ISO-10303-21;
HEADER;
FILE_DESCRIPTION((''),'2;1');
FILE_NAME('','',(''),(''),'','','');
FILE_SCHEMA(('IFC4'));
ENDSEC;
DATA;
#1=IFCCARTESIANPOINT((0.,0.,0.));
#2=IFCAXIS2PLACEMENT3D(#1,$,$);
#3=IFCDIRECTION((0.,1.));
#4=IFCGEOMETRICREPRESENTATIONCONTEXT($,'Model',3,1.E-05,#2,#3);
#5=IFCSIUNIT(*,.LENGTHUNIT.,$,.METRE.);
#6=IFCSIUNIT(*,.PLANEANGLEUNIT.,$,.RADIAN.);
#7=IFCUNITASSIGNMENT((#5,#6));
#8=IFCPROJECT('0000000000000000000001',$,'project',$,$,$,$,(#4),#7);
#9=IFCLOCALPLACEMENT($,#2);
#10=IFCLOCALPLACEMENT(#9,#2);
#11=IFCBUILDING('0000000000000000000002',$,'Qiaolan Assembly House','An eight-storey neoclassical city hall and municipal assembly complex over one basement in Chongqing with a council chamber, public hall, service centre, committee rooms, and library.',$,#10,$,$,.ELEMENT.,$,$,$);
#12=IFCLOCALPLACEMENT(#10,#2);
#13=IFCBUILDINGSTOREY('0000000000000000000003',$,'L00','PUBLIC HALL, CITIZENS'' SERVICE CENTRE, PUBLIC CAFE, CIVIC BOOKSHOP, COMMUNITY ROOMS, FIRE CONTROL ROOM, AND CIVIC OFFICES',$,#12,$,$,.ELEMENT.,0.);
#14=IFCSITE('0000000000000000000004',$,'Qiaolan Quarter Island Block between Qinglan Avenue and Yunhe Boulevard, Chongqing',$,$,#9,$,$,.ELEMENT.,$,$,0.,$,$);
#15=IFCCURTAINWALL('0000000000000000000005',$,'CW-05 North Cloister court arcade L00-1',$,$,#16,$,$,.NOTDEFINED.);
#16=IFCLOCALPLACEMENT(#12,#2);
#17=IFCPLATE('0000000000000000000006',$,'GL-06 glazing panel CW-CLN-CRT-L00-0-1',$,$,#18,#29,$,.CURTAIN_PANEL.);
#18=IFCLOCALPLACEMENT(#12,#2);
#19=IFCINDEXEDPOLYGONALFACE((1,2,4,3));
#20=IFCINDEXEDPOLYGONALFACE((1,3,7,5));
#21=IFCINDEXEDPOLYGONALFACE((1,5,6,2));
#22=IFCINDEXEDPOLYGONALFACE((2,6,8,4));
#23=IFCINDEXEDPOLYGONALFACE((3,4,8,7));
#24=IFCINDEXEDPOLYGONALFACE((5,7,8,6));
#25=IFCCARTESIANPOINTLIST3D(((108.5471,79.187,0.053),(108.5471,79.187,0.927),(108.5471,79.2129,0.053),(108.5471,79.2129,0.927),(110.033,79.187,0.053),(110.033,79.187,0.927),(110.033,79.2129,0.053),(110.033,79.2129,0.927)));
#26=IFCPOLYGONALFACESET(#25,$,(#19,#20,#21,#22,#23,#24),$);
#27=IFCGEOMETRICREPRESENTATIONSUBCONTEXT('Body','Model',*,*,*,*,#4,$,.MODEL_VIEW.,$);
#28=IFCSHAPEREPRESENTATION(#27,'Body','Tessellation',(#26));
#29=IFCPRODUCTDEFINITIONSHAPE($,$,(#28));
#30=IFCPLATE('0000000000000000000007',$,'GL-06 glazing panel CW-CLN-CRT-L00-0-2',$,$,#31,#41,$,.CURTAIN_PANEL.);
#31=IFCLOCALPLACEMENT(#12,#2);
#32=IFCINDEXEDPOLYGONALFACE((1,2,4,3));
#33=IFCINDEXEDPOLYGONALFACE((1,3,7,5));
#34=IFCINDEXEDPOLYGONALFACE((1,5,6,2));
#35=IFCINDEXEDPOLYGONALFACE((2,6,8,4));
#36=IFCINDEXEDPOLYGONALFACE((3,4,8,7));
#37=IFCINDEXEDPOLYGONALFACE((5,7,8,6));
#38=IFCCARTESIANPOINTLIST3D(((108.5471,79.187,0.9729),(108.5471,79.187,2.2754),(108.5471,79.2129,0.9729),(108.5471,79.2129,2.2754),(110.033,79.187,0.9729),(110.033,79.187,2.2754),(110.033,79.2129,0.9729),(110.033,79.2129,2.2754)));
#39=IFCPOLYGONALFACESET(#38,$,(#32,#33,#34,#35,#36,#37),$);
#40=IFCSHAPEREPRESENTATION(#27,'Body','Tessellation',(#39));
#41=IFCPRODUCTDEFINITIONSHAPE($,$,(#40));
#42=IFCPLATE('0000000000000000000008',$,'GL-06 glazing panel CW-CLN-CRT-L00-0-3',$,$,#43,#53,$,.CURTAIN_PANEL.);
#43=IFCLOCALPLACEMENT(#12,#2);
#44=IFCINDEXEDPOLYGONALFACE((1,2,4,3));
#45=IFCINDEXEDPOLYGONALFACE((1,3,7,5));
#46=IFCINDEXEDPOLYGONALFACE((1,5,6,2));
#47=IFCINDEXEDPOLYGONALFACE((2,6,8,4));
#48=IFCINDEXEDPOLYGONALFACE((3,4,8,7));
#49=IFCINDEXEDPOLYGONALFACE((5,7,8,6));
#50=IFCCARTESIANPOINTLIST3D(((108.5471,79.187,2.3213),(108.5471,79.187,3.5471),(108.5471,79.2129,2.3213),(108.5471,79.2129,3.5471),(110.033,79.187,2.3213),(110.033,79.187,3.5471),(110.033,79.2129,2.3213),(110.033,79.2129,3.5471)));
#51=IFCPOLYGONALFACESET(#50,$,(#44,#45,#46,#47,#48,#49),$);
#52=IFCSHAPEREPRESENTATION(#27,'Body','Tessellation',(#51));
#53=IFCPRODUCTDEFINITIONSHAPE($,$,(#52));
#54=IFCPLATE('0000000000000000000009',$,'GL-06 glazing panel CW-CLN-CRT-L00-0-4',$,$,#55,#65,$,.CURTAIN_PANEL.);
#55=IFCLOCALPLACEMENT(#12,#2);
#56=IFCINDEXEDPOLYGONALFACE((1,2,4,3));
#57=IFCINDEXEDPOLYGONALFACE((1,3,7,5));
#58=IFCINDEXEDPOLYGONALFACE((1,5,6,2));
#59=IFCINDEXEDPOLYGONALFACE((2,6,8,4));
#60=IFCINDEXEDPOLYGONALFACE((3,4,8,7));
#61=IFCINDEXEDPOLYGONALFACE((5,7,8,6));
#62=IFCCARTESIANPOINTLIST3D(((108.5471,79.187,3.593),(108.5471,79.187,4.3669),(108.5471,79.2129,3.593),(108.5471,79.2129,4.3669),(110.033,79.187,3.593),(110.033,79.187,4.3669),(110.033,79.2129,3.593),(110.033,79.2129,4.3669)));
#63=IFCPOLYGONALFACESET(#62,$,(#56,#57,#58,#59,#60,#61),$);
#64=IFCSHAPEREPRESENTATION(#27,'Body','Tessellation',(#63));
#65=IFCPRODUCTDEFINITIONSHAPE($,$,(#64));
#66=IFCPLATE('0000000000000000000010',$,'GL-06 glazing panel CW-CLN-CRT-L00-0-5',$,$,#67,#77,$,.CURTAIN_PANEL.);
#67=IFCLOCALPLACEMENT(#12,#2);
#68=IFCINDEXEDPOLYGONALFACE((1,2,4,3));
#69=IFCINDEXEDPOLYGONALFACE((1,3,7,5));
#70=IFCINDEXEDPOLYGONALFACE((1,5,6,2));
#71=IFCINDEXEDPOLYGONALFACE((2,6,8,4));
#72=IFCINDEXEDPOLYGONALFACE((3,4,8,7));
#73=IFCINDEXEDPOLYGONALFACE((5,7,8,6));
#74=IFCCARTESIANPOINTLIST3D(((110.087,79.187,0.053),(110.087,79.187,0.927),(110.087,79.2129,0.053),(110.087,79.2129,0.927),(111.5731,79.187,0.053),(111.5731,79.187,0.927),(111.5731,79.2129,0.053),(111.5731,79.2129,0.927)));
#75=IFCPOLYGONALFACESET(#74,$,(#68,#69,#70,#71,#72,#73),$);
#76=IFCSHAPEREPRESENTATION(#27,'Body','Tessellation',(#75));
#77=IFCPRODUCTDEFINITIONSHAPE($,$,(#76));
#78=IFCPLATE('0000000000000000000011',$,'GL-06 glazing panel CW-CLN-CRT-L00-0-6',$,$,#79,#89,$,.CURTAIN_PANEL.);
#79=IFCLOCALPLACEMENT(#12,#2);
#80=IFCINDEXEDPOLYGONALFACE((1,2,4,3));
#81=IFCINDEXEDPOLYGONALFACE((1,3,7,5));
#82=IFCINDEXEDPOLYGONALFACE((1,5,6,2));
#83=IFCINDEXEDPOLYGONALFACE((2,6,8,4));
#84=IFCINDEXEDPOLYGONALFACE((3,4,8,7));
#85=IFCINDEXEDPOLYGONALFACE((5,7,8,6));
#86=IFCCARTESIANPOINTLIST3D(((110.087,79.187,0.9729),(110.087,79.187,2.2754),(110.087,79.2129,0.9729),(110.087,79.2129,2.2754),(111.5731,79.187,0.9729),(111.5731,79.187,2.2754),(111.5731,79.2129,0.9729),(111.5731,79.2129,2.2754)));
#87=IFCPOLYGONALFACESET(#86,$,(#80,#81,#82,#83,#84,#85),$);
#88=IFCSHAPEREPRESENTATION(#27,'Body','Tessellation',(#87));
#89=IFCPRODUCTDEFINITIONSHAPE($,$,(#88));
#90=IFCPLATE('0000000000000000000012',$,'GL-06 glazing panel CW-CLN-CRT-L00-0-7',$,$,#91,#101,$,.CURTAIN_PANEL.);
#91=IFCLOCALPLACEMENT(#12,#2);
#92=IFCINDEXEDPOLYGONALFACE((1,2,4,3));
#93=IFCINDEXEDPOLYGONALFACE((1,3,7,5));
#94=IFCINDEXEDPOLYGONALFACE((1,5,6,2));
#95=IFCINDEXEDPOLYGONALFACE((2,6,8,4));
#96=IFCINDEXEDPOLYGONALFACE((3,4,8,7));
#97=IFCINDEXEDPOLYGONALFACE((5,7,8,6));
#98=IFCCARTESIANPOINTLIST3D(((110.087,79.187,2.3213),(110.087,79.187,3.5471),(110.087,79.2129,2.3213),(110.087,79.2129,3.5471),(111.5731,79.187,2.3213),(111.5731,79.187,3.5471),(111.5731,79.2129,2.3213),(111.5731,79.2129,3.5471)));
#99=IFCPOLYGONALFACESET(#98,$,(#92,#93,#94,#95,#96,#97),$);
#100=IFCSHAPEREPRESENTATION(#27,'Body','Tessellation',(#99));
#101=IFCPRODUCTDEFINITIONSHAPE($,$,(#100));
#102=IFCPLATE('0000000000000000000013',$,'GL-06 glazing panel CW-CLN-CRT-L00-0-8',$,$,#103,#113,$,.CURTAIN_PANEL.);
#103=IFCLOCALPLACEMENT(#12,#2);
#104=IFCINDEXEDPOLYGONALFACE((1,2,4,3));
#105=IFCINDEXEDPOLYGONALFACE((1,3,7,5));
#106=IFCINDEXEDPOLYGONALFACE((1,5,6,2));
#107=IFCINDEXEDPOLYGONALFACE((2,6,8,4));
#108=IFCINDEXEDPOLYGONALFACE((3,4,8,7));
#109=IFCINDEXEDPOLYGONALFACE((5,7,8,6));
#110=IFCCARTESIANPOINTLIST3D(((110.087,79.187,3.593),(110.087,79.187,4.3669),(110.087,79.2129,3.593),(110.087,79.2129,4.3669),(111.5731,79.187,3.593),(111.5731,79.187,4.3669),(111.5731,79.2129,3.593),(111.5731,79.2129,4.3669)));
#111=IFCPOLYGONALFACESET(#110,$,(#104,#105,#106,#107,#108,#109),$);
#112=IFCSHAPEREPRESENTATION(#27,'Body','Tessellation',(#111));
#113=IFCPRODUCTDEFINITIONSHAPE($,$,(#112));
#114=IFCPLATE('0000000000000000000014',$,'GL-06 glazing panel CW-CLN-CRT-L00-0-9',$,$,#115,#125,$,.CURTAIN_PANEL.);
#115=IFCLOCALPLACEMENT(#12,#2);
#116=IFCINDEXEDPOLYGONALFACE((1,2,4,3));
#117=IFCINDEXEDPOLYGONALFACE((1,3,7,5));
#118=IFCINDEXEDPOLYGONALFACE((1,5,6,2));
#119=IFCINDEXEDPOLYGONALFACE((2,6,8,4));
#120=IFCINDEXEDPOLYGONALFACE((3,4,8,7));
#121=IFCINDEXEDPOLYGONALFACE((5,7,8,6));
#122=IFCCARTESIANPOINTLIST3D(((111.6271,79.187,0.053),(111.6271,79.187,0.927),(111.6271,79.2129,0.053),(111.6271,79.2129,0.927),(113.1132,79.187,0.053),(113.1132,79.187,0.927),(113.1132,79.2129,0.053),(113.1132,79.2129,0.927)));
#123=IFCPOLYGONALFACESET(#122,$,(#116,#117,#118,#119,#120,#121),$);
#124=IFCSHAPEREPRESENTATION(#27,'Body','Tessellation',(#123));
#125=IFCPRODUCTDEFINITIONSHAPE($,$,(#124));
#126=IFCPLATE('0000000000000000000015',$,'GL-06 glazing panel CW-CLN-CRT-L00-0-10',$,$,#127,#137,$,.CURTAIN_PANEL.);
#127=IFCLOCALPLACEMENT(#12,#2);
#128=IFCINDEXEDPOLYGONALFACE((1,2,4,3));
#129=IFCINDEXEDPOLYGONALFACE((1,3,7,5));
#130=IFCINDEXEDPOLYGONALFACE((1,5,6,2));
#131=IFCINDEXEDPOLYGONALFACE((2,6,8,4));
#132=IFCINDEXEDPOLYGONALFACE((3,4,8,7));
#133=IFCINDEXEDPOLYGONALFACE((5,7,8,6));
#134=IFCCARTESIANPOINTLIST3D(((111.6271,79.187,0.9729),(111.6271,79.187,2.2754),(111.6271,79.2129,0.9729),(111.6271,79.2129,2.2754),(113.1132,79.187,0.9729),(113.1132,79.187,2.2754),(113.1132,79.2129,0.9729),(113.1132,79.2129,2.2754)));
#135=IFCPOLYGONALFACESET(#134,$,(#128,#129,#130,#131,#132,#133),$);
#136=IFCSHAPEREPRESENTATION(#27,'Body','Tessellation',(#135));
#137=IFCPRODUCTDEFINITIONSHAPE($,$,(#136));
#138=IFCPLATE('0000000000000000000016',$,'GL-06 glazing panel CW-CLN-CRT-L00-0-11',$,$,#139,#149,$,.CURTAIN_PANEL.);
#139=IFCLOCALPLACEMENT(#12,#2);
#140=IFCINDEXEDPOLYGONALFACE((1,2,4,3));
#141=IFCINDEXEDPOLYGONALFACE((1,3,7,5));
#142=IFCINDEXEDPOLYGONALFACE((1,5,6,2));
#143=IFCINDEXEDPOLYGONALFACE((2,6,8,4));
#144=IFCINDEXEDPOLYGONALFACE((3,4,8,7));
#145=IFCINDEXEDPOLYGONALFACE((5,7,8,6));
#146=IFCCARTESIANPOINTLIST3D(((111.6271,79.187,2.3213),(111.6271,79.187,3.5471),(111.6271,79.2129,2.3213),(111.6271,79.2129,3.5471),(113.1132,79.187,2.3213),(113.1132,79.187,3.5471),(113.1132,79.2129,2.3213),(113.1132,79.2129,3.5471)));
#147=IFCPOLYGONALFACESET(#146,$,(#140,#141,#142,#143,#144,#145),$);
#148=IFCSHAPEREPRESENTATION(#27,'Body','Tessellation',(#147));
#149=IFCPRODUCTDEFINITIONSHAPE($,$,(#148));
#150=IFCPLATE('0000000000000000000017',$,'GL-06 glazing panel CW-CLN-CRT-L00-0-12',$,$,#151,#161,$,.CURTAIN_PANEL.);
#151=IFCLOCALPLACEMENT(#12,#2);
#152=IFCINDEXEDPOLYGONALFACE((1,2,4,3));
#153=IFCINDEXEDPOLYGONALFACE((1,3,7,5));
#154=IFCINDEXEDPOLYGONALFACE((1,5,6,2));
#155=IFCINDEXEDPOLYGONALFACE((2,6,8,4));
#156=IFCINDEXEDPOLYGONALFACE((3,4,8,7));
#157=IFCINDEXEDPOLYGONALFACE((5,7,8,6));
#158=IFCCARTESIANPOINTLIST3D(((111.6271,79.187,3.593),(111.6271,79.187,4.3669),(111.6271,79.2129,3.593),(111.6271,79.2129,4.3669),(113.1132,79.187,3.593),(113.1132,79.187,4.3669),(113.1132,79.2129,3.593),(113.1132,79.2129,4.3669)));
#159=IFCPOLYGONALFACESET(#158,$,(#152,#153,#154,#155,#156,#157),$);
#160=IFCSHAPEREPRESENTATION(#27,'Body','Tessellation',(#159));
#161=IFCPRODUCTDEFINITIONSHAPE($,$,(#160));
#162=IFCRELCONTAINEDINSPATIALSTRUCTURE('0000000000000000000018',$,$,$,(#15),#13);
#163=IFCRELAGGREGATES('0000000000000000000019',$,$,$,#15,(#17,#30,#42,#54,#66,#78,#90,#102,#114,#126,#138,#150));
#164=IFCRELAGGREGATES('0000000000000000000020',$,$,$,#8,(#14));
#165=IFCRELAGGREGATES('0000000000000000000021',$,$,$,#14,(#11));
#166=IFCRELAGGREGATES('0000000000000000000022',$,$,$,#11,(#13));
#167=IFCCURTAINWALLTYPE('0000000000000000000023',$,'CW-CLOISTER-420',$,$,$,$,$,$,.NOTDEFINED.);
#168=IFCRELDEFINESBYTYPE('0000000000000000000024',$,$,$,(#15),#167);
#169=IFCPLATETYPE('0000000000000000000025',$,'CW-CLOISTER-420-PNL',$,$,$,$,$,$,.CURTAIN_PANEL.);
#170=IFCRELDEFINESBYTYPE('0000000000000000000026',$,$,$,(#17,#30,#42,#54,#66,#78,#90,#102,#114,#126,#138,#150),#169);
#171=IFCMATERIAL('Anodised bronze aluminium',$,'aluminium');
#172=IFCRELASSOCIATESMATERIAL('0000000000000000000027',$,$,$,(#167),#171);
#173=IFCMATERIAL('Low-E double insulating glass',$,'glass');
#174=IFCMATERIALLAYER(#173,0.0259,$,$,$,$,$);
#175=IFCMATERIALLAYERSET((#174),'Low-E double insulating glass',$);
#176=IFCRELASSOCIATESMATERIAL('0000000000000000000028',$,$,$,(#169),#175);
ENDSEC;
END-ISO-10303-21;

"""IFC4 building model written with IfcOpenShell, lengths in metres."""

from ifc_helpers import new_model, si_unit, direction, frame, frame_2d, origin, place, context, subcontext, project, spatial, rectangle, extrude, material, layer, layer_set, type_object, element, aggregate, save


model = new_model("IFC4")

# Units and contexts
model_context = context("Model", 3, precision=1e-05, world=origin(), true_north=direction((0.0, 1.0)))
body_context = subcontext(model_context, "Body", "Model", "MODEL_VIEW")
ifc_project = project(units=[si_unit("LENGTHUNIT", "METRE"), si_unit("PLANEANGLEUNIT", "RADIAN")], contexts=[model_context])

# Site, building, storey
site_placement = place(None, origin())
site = spatial("IfcSite", under=ifc_project, at=site_placement, Name="Qiaolan Quarter Island Block between Qinglan Avenue and Yunhe Boulevard, Chongqing", CompositionType="ELEMENT", RefElevation=0.0)
building_placement = place(site_placement, origin())
building = spatial("IfcBuilding", under=site, at=building_placement, Name="Qiaolan Assembly House", Description="An eight-storey neoclassical city hall and municipal assembly complex over one basement in Chongqing with a council chamber, public hall, service centre, committee rooms, and library.", CompositionType="ELEMENT")
storey_placement = place(building_placement, origin())
storey = spatial("IfcBuildingStorey", under=building, at=storey_placement, Name="L00", Description="PUBLIC HALL, CITIZENS' SERVICE CENTRE, PUBLIC CAFE, CIVIC BOOKSHOP, COMMUNITY ROOMS, FIRE CONTROL ROOM, AND CIVIC OFFICES", CompositionType="ELEMENT", Elevation=0.0)

# Curtain wall, plates
ifc_material_1 = material(Name="Anodised bronze aluminium", Category="aluminium")
curtain_wall_type = type_object("IfcCurtainWallType", Name="CW-CLOISTER-420", PredefinedType="NOTDEFINED", material=ifc_material_1)
curtain_wall_placement = place(storey_placement, origin())
curtain_wall = element("IfcCurtainWall", 1, at=curtain_wall_placement, inside=storey, type_object=curtain_wall_type, Name="CW-05 North Cloister court arcade L00-1", PredefinedType="NOTDEFINED")
ifc_material_2 = material(Name="Low-E double insulating glass", Category="glass")
ifc_layer = layer(ifc_material_2, 0.0259)
ifc_layer_set = layer_set([ifc_layer], Name="Low-E double insulating glass")
plate_type = type_object("IfcPlateType", Name="CW-CLOISTER-420-PNL", PredefinedType="CURTAIN_PANEL", material=ifc_layer_set)
plate_1_placement = place(storey_placement, frame((108.5471, 79.2, 0.053), z_axis=(0.0, 0.0, 1.0), x_axis=(1.0, 0.0, 0.0)))
plate_1 = element("IfcPlate", 2, at=plate_1_placement, type_object=plate_type, Name="GL-06 glazing panel CW-CLN-CRT-L00-0-1", PredefinedType="CURTAIN_PANEL", context=body_context, shape_type="SweptSolid", body=[
    extrude(rectangle(XDim=1.4858, YDim=0.0259, at=frame_2d((0.7429, 0.0))), origin(), (0.0, 0.0, 1.0), 0.874),
])
plate_2_placement = place(storey_placement, frame((108.5471, 79.2, 0.9729), z_axis=(0.0, 0.0, 1.0), x_axis=(1.0, 0.0, 0.0)))
plate_2 = element("IfcPlate", 3, at=plate_2_placement, type_object=plate_type, Name="GL-06 glazing panel CW-CLN-CRT-L00-0-2", PredefinedType="CURTAIN_PANEL", context=body_context, shape_type="SweptSolid", body=[
    extrude(rectangle(XDim=1.4858, YDim=0.0259, at=frame_2d((0.7429, 0.0))), origin(), (0.0, 0.0, 1.0), 1.3025),
])
plate_3_placement = place(storey_placement, frame((108.5471, 79.2, 2.3213), z_axis=(0.0, 0.0, 1.0), x_axis=(1.0, 0.0, 0.0)))
plate_3 = element("IfcPlate", 4, at=plate_3_placement, type_object=plate_type, Name="GL-06 glazing panel CW-CLN-CRT-L00-0-3", PredefinedType="CURTAIN_PANEL", context=body_context, shape_type="SweptSolid", body=[
    extrude(rectangle(XDim=1.4858, YDim=0.0259, at=frame_2d((0.7429, 0.0))), origin(), (0.0, 0.0, 1.0), 1.2258),
])
plate_4_placement = place(storey_placement, frame((108.5471, 79.2, 3.593), z_axis=(0.0, 0.0, 1.0), x_axis=(1.0, 0.0, 0.0)))
plate_4 = element("IfcPlate", 5, at=plate_4_placement, type_object=plate_type, Name="GL-06 glazing panel CW-CLN-CRT-L00-0-4", PredefinedType="CURTAIN_PANEL", context=body_context, shape_type="SweptSolid", body=[
    extrude(rectangle(XDim=1.4858, YDim=0.0259, at=frame_2d((0.7429, 0.0))), origin(), (0.0, 0.0, 1.0), 0.7739),
])
plate_5_placement = place(storey_placement, frame((110.0869, 79.2, 0.053), z_axis=(0.0, 0.0, 1.0), x_axis=(1.0, 0.0, 0.0)))
plate_5 = element("IfcPlate", 6, at=plate_5_placement, type_object=plate_type, Name="GL-06 glazing panel CW-CLN-CRT-L00-0-5", PredefinedType="CURTAIN_PANEL", context=body_context, shape_type="SweptSolid", body=[
    extrude(rectangle(XDim=1.4861, YDim=0.0259, at=frame_2d((0.7432, 0.0))), origin(), (0.0, 0.0, 1.0), 0.874),
])
plate_6_placement = place(storey_placement, frame((110.0869, 79.2, 0.9729), z_axis=(0.0, 0.0, 1.0), x_axis=(1.0, 0.0, 0.0)))
plate_6 = element("IfcPlate", 7, at=plate_6_placement, type_object=plate_type, Name="GL-06 glazing panel CW-CLN-CRT-L00-0-6", PredefinedType="CURTAIN_PANEL", context=body_context, shape_type="SweptSolid", body=[
    extrude(rectangle(XDim=1.4861, YDim=0.0259, at=frame_2d((0.7432, 0.0))), origin(), (0.0, 0.0, 1.0), 1.3025),
])
plate_7_placement = place(storey_placement, frame((110.0869, 79.2, 2.3213), z_axis=(0.0, 0.0, 1.0), x_axis=(1.0, 0.0, 0.0)))
plate_7 = element("IfcPlate", 8, at=plate_7_placement, type_object=plate_type, Name="GL-06 glazing panel CW-CLN-CRT-L00-0-7", PredefinedType="CURTAIN_PANEL", context=body_context, shape_type="SweptSolid", body=[
    extrude(rectangle(XDim=1.4861, YDim=0.0259, at=frame_2d((0.7432, 0.0))), origin(), (0.0, 0.0, 1.0), 1.2258),
])
plate_8_placement = place(storey_placement, frame((110.0869, 79.2, 3.593), z_axis=(0.0, 0.0, 1.0), x_axis=(1.0, 0.0, 0.0)))
plate_8 = element("IfcPlate", 9, at=plate_8_placement, type_object=plate_type, Name="GL-06 glazing panel CW-CLN-CRT-L00-0-8", PredefinedType="CURTAIN_PANEL", context=body_context, shape_type="SweptSolid", body=[
    extrude(rectangle(XDim=1.4861, YDim=0.0259, at=frame_2d((0.7432, 0.0))), origin(), (0.0, 0.0, 1.0), 0.7739),
])
plate_9_placement = place(storey_placement, frame((111.627, 79.2, 0.053), z_axis=(0.0, 0.0, 1.0), x_axis=(1.0, 0.0, 0.0)))
plate_9 = element("IfcPlate", 10, at=plate_9_placement, type_object=plate_type, Name="GL-06 glazing panel CW-CLN-CRT-L00-0-9", PredefinedType="CURTAIN_PANEL", context=body_context, shape_type="SweptSolid", body=[
    extrude(rectangle(XDim=1.4861, YDim=0.0259, at=frame_2d((0.7432, 0.0))), origin(), (0.0, 0.0, 1.0), 0.874),
])
plate_10_placement = place(storey_placement, frame((111.627, 79.2, 0.9729), z_axis=(0.0, 0.0, 1.0), x_axis=(1.0, 0.0, 0.0)))
plate_10 = element("IfcPlate", 11, at=plate_10_placement, type_object=plate_type, Name="GL-06 glazing panel CW-CLN-CRT-L00-0-10", PredefinedType="CURTAIN_PANEL", context=body_context, shape_type="SweptSolid", body=[
    extrude(rectangle(XDim=1.4861, YDim=0.0259, at=frame_2d((0.7432, 0.0))), origin(), (0.0, 0.0, 1.0), 1.3025),
])
plate_11_placement = place(storey_placement, frame((111.627, 79.2, 2.3213), z_axis=(0.0, 0.0, 1.0), x_axis=(1.0, 0.0, 0.0)))
plate_11 = element("IfcPlate", 12, at=plate_11_placement, type_object=plate_type, Name="GL-06 glazing panel CW-CLN-CRT-L00-0-11", PredefinedType="CURTAIN_PANEL", context=body_context, shape_type="SweptSolid", body=[
    extrude(rectangle(XDim=1.4861, YDim=0.0259, at=frame_2d((0.7432, 0.0))), origin(), (0.0, 0.0, 1.0), 1.2258),
])
plate_12_placement = place(storey_placement, frame((111.627, 79.2, 3.593), z_axis=(0.0, 0.0, 1.0), x_axis=(1.0, 0.0, 0.0)))
plate_12 = element("IfcPlate", 13, at=plate_12_placement, type_object=plate_type, Name="GL-06 glazing panel CW-CLN-CRT-L00-0-12", PredefinedType="CURTAIN_PANEL", context=body_context, shape_type="SweptSolid", body=[
    extrude(rectangle(XDim=1.4861, YDim=0.0259, at=frame_2d((0.7432, 0.0))), origin(), (0.0, 0.0, 1.0), 0.7739),
])
aggregate(curtain_wall, [plate_1, plate_2, plate_3, plate_4, plate_5, plate_6, plate_7, plate_8, plate_9, plate_10, plate_11, plate_12])

save(model, "model.ifc")
